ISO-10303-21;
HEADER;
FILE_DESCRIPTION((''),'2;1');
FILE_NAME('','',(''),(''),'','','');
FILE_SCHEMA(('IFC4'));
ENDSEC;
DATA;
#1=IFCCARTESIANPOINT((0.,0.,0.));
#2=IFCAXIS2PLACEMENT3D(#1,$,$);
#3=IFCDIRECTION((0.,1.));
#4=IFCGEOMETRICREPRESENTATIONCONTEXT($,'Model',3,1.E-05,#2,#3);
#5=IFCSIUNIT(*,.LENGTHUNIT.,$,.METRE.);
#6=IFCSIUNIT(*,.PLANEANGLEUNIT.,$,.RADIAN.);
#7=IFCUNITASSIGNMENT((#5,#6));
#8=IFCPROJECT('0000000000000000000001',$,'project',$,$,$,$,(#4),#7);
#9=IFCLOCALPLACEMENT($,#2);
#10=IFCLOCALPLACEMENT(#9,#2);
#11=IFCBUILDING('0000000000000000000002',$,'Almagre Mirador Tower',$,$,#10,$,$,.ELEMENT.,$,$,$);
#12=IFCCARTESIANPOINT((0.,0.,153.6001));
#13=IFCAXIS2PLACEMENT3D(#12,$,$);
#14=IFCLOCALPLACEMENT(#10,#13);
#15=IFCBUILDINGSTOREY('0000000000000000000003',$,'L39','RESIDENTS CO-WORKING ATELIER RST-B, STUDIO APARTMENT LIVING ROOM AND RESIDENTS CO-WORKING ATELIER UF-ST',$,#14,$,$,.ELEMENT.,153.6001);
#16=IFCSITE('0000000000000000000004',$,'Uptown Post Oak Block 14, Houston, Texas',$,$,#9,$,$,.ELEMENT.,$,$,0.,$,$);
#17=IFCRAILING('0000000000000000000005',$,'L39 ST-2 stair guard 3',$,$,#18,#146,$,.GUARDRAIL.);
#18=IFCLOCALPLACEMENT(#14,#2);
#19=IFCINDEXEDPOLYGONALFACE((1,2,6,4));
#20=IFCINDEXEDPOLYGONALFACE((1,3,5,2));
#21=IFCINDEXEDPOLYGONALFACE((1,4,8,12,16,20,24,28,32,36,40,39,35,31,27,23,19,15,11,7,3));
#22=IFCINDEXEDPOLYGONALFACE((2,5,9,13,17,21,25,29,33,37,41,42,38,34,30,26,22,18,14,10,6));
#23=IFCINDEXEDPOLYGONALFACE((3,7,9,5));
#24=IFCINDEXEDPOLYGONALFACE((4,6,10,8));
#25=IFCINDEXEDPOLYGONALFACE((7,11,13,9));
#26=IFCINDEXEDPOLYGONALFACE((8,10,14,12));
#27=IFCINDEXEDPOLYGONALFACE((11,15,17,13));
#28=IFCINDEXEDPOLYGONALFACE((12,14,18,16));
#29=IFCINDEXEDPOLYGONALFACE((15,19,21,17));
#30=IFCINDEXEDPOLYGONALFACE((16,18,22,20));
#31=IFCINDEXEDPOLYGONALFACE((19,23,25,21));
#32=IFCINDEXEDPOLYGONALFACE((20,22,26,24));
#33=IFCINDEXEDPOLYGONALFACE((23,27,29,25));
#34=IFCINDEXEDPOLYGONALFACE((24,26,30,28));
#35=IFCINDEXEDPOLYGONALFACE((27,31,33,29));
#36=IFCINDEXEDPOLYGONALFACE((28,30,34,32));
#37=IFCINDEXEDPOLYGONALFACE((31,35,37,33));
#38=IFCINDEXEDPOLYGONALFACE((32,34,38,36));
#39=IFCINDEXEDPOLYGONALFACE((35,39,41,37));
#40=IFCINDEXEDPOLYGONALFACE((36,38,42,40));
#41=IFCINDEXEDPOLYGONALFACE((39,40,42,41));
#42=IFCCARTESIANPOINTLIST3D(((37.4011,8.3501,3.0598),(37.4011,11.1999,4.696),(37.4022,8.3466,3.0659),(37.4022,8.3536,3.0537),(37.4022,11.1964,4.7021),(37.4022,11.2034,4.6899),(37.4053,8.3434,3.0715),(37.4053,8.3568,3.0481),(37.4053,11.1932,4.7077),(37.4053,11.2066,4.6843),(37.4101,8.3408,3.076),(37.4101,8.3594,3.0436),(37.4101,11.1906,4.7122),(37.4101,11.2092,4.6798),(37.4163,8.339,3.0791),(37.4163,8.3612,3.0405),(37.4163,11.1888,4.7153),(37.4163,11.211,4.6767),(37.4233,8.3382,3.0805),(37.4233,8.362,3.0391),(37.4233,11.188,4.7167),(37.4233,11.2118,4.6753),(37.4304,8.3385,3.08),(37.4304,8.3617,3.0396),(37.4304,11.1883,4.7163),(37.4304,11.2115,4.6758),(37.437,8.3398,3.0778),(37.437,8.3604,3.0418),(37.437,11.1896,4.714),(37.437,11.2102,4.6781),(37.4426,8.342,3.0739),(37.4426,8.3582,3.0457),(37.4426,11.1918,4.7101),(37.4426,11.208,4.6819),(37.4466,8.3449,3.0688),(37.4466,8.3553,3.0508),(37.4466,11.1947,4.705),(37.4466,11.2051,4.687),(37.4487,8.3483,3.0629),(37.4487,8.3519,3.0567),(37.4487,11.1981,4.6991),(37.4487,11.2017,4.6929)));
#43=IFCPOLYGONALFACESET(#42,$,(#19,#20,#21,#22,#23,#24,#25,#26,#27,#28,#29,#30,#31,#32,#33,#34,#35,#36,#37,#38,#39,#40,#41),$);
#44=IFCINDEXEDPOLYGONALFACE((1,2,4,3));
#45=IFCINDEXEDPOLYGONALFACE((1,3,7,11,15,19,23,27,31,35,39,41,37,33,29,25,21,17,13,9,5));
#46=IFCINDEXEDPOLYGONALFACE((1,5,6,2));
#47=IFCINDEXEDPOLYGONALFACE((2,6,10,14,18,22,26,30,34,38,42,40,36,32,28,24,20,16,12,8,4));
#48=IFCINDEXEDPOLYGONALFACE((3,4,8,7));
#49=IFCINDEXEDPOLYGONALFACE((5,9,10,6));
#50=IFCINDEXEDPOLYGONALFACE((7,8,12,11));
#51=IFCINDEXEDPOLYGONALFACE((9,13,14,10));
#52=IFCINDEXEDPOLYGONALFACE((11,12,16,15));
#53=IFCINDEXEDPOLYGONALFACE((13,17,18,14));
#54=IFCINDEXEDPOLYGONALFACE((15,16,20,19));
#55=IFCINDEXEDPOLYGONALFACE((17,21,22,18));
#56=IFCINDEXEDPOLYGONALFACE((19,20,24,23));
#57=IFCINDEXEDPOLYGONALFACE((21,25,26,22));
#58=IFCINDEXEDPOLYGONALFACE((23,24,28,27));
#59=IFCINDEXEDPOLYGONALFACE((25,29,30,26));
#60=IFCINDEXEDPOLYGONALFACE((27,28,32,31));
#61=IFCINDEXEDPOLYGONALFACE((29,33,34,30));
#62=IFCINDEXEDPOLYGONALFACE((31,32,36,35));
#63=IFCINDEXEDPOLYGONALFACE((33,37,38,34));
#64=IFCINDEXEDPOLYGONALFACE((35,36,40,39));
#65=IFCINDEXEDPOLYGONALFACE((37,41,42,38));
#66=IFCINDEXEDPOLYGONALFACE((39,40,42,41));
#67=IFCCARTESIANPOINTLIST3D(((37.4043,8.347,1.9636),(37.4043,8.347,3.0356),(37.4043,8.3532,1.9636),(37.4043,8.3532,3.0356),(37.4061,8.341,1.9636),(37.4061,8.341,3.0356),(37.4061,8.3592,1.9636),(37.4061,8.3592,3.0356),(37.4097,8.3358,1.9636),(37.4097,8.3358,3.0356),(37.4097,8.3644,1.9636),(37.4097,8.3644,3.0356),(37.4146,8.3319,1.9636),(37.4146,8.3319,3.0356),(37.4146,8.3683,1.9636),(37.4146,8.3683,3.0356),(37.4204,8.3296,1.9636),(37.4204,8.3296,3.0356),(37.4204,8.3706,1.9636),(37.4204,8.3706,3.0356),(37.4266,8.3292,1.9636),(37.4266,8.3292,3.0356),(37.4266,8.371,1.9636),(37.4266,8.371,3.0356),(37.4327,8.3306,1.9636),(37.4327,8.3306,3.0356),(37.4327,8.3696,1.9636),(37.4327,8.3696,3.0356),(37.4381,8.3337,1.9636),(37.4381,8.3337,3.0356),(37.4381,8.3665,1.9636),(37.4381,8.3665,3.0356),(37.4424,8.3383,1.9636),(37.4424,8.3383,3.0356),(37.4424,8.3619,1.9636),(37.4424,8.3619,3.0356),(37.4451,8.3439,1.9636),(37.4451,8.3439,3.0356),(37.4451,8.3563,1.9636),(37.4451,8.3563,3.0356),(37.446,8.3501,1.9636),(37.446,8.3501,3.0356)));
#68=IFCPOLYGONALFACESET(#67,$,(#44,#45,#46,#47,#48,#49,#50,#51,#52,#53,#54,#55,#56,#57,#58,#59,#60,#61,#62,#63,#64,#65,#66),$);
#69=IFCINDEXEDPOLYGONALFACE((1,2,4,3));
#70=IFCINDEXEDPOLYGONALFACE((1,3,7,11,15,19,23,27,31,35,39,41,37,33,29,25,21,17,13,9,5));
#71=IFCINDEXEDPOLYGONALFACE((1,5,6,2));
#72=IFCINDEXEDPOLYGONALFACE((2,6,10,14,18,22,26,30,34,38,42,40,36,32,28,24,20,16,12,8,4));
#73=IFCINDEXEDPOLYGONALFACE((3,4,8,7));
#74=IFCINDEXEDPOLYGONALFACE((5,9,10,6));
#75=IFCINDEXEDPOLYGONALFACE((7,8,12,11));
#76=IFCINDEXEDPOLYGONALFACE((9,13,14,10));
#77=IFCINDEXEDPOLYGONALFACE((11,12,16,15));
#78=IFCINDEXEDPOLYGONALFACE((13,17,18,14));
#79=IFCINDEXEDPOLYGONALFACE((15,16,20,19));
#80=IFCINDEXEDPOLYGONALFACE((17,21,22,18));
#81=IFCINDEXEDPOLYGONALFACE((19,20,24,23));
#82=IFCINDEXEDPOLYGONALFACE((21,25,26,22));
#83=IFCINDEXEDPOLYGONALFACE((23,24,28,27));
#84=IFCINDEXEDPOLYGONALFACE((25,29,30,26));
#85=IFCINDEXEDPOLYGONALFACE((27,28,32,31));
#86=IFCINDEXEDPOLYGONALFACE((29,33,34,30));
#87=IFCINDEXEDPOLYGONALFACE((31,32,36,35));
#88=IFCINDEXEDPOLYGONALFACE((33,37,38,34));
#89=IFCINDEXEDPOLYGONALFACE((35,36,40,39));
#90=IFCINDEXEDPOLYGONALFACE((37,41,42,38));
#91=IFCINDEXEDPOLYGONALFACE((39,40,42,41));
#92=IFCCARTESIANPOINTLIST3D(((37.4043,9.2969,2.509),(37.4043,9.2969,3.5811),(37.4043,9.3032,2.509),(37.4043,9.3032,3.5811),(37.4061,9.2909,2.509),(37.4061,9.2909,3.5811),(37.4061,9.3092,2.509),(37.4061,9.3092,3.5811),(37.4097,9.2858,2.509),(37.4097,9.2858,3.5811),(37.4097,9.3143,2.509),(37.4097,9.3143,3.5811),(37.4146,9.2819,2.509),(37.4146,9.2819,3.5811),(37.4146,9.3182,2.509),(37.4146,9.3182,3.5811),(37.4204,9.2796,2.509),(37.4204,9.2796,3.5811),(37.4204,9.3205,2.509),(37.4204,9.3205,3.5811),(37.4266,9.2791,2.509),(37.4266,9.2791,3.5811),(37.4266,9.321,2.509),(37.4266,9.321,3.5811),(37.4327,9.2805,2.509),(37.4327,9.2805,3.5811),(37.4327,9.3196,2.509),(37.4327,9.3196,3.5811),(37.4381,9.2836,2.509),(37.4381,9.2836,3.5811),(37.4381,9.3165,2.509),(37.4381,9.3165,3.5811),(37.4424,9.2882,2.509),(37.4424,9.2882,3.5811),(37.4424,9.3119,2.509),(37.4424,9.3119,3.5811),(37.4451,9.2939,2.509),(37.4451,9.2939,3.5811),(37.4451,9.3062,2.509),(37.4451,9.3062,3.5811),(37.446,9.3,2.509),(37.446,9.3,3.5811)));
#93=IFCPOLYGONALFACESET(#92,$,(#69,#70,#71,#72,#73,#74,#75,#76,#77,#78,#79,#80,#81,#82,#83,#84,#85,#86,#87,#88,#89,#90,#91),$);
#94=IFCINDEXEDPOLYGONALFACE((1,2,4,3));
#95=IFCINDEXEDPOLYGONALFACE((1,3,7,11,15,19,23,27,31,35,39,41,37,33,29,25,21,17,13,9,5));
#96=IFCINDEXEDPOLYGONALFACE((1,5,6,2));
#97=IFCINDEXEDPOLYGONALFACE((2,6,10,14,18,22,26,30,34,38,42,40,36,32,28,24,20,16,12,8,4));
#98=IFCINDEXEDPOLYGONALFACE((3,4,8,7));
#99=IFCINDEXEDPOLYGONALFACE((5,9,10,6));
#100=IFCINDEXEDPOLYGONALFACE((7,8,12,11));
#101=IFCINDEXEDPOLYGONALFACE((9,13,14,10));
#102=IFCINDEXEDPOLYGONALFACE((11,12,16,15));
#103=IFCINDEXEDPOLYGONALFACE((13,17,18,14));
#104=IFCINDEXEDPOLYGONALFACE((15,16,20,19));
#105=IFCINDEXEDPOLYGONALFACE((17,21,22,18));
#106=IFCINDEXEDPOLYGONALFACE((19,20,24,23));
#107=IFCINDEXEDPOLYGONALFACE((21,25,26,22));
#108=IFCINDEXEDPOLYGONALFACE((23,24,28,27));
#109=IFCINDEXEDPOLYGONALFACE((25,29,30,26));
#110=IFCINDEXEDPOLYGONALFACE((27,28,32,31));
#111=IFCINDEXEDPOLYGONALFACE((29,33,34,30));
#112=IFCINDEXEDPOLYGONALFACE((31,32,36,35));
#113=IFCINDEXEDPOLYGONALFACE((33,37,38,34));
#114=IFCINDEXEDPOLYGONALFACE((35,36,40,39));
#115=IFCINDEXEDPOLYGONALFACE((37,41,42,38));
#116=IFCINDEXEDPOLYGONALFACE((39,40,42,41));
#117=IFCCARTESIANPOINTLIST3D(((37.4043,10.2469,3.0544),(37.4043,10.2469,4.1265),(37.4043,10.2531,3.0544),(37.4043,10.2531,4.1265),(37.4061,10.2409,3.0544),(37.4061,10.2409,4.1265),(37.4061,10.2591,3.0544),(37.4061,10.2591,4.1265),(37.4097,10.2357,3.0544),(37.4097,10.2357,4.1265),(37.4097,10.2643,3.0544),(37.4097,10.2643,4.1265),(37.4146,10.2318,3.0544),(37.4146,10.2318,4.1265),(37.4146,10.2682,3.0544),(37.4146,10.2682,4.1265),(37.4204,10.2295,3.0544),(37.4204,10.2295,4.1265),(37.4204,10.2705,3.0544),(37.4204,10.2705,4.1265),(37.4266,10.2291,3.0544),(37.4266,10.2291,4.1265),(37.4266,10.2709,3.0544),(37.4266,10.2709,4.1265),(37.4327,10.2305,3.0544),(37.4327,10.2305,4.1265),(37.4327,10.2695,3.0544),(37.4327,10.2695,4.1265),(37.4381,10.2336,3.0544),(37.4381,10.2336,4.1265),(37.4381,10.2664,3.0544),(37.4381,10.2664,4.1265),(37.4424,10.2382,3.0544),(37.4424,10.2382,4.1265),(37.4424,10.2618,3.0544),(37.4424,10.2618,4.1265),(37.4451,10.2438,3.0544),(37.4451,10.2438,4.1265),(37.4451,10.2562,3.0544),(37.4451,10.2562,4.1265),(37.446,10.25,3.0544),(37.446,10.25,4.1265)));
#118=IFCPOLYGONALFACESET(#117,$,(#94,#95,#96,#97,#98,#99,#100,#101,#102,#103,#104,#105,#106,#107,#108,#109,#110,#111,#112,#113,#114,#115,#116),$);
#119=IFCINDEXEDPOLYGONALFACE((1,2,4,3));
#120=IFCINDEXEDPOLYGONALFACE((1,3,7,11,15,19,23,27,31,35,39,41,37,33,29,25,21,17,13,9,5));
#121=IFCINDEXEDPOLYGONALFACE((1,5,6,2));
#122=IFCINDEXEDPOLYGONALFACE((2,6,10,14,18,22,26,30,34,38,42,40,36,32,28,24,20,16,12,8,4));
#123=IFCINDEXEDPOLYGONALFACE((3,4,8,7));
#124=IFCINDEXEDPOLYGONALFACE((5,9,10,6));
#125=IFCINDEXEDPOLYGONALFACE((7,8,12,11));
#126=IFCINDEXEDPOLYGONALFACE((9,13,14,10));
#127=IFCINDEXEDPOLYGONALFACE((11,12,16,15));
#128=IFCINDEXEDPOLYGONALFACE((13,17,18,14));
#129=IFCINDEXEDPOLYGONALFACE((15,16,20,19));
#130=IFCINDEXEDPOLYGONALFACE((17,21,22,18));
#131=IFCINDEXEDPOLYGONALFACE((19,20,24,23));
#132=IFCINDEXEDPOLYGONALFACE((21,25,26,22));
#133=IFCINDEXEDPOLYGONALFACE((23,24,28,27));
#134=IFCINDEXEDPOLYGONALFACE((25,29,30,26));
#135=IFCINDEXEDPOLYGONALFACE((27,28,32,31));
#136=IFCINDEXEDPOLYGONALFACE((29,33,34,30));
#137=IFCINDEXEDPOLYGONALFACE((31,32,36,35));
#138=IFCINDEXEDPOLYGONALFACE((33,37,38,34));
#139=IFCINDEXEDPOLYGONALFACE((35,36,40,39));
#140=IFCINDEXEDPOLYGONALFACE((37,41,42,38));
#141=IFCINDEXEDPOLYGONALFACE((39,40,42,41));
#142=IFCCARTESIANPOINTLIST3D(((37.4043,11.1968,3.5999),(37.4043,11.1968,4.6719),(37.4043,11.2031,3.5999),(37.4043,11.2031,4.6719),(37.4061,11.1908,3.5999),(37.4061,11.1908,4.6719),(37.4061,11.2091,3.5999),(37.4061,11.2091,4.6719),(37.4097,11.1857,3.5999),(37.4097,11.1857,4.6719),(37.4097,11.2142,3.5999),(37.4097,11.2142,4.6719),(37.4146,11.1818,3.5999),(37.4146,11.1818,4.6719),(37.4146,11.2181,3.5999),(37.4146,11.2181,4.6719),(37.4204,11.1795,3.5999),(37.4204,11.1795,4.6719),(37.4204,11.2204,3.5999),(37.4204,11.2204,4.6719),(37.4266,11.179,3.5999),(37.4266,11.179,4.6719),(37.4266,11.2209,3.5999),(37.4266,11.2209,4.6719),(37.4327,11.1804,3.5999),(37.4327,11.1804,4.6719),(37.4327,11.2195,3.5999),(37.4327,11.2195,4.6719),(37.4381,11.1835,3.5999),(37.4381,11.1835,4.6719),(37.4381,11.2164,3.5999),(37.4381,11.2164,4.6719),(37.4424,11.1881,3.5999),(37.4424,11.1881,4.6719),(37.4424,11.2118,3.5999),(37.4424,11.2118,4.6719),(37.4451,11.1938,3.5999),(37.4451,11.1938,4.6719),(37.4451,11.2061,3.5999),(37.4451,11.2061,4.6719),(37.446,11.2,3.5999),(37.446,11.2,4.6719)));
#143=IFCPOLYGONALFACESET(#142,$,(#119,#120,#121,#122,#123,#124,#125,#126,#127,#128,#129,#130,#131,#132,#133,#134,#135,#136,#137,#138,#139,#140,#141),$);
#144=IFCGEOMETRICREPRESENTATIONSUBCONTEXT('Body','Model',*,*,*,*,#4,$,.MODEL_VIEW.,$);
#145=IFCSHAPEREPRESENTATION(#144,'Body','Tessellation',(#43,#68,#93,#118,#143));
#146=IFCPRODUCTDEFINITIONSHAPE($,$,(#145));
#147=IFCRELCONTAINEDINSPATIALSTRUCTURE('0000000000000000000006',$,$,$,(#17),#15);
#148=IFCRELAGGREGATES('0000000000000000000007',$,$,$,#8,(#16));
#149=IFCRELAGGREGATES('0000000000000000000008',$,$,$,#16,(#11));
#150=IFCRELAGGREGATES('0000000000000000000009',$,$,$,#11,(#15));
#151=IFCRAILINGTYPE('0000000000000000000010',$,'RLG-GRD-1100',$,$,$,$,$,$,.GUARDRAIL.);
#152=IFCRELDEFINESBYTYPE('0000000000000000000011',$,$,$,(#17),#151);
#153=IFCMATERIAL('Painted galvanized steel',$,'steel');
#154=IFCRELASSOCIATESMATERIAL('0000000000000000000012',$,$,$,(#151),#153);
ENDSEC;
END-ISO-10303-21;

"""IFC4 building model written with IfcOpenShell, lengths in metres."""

from ifc_helpers import new_model, si_unit, direction, frame, origin, origin_2d, place, context, subcontext, project, spatial, circle, extrude, material, type_object, element, save


model = new_model("IFC4")

# Units and contexts
model_context = context("Model", 3, precision=1e-05, world=origin(), true_north=direction((0.0, 1.0)))
body_context = subcontext(model_context, "Body", "Model", "MODEL_VIEW")
ifc_project = project(units=[si_unit("LENGTHUNIT", "METRE"), si_unit("PLANEANGLEUNIT", "RADIAN")], contexts=[model_context])

# Site, building, storey
site_placement = place(None, origin())
site = spatial("IfcSite", under=ifc_project, at=site_placement, Name="Uptown Post Oak Block 14, Houston, Texas", CompositionType="ELEMENT", RefElevation=0.0)
building_placement = place(site_placement, origin())
building = spatial("IfcBuilding", under=site, at=building_placement, Name="Almagre Mirador Tower", CompositionType="ELEMENT")
storey_placement = place(building_placement, frame((0.0, 0.0, 153.6001)))
storey = spatial("IfcBuildingStorey", under=building, at=storey_placement, Name="L39", Description="RESIDENTS CO-WORKING ATELIER RST-B, STUDIO APARTMENT LIVING ROOM AND RESIDENTS CO-WORKING ATELIER UF-ST", CompositionType="ELEMENT", Elevation=153.6001)

# Railing
ifc_material_1 = material(Name="Painted galvanized steel", Category="steel")
railing_type_1 = type_object("IfcRailingType", Name="RLG-GRD-1100", PredefinedType="GUARDRAIL", material=ifc_material_1)
railing_1_placement = place(storey_placement, frame((37.425, 8.3501, 1.9636)))
element("IfcRailing", 1, at=railing_1_placement, inside=storey, type_object=railing_type_1, Name="L39 ST-2 stair guard 3", PredefinedType="GUARDRAIL", context=body_context, shape_type="SweptSolid", body=[
    extrude(circle(Radius=0.0239, at=origin_2d()), frame((0.0, 0.0, 1.0962), z_axis=(0.0, 0.867226, 0.497914), x_axis=(-1.0, 0.0, 0.0)), (0.0, 0.0, 1.0), 3.2861),
    extrude(circle(Radius=0.021, at=origin_2d()), origin(), (0.0, 0.0, 1.0), 1.072),
    extrude(circle(Radius=0.021, at=origin_2d()), frame((0.0, 0.95, 0.5454)), (0.0, 0.0, 1.0), 1.072),
    extrude(circle(Radius=0.021, at=origin_2d()), frame((0.0, 1.8999, 1.0908)), (0.0, 0.0, 1.0), 1.072),
    extrude(circle(Radius=0.021, at=origin_2d()), frame((0.0, 2.8499, 1.6362)), (0.0, 0.0, 1.0), 1.072),
])

save(model, "model.ifc")
